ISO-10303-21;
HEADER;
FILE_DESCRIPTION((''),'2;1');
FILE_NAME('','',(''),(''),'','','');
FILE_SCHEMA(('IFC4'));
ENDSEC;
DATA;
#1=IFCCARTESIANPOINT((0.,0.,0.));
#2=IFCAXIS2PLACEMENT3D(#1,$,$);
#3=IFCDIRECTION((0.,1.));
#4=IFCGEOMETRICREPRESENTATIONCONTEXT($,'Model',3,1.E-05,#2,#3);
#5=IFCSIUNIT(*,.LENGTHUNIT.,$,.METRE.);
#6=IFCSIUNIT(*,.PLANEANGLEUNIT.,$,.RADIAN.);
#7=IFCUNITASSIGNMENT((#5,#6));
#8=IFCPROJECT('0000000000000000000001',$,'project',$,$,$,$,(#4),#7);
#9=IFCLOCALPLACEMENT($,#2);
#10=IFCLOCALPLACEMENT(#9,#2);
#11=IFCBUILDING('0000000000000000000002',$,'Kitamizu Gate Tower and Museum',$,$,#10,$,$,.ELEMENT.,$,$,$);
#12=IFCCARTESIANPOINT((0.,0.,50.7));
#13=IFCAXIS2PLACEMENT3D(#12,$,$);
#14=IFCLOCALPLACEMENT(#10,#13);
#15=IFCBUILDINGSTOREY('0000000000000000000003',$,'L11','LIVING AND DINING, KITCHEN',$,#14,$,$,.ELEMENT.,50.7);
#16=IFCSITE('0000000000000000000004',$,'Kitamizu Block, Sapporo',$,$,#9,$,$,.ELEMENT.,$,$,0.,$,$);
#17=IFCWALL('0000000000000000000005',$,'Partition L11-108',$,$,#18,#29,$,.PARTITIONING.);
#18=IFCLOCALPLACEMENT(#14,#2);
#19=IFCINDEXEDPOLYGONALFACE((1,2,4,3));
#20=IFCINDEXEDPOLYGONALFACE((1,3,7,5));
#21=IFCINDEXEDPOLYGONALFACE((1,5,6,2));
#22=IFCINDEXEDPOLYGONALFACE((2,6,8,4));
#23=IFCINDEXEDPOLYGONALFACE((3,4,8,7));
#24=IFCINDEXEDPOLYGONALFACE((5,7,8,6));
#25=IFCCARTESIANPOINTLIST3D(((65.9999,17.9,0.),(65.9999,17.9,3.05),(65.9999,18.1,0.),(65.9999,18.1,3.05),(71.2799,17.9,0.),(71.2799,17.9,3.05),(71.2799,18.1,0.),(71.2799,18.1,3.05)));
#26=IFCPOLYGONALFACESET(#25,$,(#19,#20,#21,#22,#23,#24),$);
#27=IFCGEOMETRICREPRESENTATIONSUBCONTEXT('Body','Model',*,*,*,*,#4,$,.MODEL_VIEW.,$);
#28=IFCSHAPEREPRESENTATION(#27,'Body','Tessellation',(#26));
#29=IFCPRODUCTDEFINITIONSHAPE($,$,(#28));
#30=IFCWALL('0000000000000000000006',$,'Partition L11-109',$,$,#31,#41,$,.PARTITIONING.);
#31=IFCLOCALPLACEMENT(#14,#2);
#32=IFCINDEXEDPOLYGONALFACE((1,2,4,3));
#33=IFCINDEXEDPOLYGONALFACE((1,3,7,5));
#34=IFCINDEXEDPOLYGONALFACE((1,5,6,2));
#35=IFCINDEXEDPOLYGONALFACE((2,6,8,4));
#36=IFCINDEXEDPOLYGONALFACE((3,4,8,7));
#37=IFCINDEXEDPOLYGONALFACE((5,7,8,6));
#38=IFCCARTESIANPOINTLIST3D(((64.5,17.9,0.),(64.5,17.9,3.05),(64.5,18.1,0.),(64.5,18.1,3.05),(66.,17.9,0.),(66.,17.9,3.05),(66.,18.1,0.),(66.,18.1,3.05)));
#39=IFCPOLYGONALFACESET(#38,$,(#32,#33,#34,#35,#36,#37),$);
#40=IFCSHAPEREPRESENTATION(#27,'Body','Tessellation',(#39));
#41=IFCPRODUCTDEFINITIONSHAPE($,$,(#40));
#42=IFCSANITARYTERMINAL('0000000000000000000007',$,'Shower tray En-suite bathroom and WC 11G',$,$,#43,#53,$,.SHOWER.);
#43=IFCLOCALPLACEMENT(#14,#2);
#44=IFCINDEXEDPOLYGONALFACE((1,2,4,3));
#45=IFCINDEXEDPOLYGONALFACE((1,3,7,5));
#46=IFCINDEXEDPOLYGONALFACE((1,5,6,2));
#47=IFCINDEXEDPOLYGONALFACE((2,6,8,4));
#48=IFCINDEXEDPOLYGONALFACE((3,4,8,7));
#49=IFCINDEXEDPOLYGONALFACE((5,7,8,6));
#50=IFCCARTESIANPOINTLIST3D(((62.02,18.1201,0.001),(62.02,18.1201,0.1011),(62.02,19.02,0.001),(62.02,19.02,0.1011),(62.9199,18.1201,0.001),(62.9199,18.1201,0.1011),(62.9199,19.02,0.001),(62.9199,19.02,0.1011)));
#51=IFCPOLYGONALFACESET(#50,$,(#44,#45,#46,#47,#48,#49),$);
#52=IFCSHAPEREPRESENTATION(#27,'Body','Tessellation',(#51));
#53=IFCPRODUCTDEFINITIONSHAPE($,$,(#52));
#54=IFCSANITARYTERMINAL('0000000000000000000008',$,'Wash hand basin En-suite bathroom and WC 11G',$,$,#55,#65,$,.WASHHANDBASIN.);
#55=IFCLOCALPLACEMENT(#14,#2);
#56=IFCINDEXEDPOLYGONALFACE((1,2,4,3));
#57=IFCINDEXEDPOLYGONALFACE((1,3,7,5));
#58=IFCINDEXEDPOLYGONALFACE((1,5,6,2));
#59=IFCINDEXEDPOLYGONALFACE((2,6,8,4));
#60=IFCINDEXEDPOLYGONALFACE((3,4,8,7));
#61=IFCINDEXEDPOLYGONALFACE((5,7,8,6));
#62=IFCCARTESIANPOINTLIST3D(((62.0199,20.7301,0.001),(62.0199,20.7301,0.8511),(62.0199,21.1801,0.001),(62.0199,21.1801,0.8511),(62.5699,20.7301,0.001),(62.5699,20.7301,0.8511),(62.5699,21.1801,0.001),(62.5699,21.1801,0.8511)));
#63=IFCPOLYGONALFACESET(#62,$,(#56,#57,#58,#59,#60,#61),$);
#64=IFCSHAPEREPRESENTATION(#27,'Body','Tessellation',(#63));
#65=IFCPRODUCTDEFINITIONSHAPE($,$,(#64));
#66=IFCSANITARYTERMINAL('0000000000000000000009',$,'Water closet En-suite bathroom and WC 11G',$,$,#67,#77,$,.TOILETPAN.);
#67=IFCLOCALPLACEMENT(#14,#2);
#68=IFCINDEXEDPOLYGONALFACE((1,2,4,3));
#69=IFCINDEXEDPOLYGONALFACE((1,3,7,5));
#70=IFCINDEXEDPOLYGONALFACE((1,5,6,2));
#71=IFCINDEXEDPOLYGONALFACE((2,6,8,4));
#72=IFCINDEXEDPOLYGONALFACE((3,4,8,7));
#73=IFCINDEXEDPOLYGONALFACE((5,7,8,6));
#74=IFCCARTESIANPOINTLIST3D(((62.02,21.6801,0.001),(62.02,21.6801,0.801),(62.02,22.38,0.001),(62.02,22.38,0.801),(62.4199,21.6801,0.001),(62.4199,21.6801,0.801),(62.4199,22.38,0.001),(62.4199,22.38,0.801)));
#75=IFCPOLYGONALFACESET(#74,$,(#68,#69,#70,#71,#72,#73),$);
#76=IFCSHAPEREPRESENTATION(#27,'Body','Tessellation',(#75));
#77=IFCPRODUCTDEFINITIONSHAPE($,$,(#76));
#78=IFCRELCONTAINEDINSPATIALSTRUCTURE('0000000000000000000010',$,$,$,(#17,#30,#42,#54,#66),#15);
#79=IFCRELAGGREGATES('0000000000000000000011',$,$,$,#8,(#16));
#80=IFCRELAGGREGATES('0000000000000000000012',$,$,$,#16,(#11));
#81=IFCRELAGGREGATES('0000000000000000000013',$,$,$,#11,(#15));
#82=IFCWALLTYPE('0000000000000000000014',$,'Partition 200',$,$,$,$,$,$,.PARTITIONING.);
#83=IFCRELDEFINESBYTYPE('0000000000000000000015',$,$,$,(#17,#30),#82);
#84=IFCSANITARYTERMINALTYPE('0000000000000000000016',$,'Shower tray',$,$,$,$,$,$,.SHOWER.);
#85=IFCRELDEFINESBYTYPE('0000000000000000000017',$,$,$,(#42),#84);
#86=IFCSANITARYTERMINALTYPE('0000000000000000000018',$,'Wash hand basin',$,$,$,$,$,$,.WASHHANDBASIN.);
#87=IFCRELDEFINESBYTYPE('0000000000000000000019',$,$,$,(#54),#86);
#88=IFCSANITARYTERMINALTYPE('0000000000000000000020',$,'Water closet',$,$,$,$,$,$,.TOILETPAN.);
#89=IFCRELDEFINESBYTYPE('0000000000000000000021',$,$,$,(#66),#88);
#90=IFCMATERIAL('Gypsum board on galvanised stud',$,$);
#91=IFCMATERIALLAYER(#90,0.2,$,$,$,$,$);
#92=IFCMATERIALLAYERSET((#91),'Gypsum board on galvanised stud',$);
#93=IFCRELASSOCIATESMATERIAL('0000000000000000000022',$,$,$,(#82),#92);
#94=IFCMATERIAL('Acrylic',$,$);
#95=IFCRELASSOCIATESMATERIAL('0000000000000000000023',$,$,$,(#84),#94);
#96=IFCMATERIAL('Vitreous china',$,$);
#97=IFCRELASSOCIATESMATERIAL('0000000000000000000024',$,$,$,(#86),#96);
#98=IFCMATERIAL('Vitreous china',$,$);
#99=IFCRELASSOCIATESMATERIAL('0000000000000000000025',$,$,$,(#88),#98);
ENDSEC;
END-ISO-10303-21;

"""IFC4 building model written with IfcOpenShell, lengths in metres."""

from ifc_helpers import new_model, si_unit, direction, frame, frame_2d, origin, origin_2d, place, context, subcontext, project, spatial, rectangle, extrude, material, layer, layer_set, type_object, element, save


model = new_model("IFC4")

# Units and contexts
model_context = context("Model", 3, precision=1e-05, world=origin(), true_north=direction((0.0, 1.0)))
body_context = subcontext(model_context, "Body", "Model", "MODEL_VIEW")
ifc_project = project(units=[si_unit("LENGTHUNIT", "METRE"), si_unit("PLANEANGLEUNIT", "RADIAN")], contexts=[model_context])

# Site, building, storey
site_placement = place(None, origin())
site = spatial("IfcSite", under=ifc_project, at=site_placement, Name="Kitamizu Block, Sapporo", CompositionType="ELEMENT", RefElevation=0.0)
building_placement = place(site_placement, origin())
building = spatial("IfcBuilding", under=site, at=building_placement, Name="Kitamizu Gate Tower and Museum", CompositionType="ELEMENT")
storey_placement = place(building_placement, frame((0.0, 0.0, 50.7)))
storey = spatial("IfcBuildingStorey", under=building, at=storey_placement, Name="L11", Description="LIVING AND DINING, KITCHEN", CompositionType="ELEMENT", Elevation=50.7)

# Walls
ifc_material_1 = material(Name="Gypsum board on galvanised stud")
ifc_layer_1 = layer(ifc_material_1, 0.2)
ifc_layer_set_1 = layer_set([ifc_layer_1], Name="Gypsum board on galvanised stud")
wall_type_1 = type_object("IfcWallType", Name="Partition 200", PredefinedType="PARTITIONING", material=ifc_layer_set_1)
wall_1_placement = place(storey_placement, frame((71.28, 18.0, 0.0), z_axis=(0.0, 0.0, 1.0), x_axis=(-1.0, 0.0, 0.0)))
element("IfcWall", 1, at=wall_1_placement, inside=storey, type_object=wall_type_1, Name="Partition L11-108", PredefinedType="PARTITIONING", context=body_context, shape_type="SweptSolid", body=[
    extrude(rectangle(XDim=5.28, YDim=0.2, at=frame_2d((2.6401, 0.0))), origin(), (0.0, 0.0, 1.0), 3.05),
])
wall_2_placement = place(storey_placement, frame((66.0, 18.0, 0.0), z_axis=(0.0, 0.0, 1.0), x_axis=(-1.0, 0.0, 0.0)))
element("IfcWall", 2, at=wall_2_placement, inside=storey, type_object=wall_type_1, Name="Partition L11-109", PredefinedType="PARTITIONING", context=body_context, shape_type="SweptSolid", body=[
    extrude(rectangle(XDim=1.5, YDim=0.2, at=frame_2d((0.75, 0.0))), origin(), (0.0, 0.0, 1.0), 3.05),
])

# Sanitary terminals
ifc_material_2 = material(Name="Acrylic")
sanitary_terminal_type_1 = type_object("IfcSanitaryTerminalType", Name="Shower tray", PredefinedType="SHOWER", material=ifc_material_2)
sanitary_terminal_1_placement = place(storey_placement, frame((62.47, 18.5701, 0.001), z_axis=(0.0, 0.0, 1.0), x_axis=(1.0, 0.0, 0.0)))
element("IfcSanitaryTerminal", 3, at=sanitary_terminal_1_placement, inside=storey, type_object=sanitary_terminal_type_1, Name="Shower tray En-suite bathroom and WC 11G", PredefinedType="SHOWER", context=body_context, shape_type="SweptSolid", body=[
    extrude(rectangle(XDim=0.8999, YDim=0.8999, at=origin_2d()), origin(), (0.0, 0.0, 1.0), 0.1001),
])
ifc_material_3 = material(Name="Vitreous china")
sanitary_terminal_type_2 = type_object("IfcSanitaryTerminalType", Name="Wash hand basin", PredefinedType="WASHHANDBASIN", material=ifc_material_3)
sanitary_terminal_2_placement = place(storey_placement, frame((62.2949, 20.9551, 0.001), z_axis=(0.0, 0.0, 1.0), x_axis=(1.0, 0.0, 0.0)))
element("IfcSanitaryTerminal", 4, at=sanitary_terminal_2_placement, inside=storey, type_object=sanitary_terminal_type_2, Name="Wash hand basin En-suite bathroom and WC 11G", PredefinedType="WASHHANDBASIN", context=body_context, shape_type="SweptSolid", body=[
    extrude(rectangle(XDim=0.55, YDim=0.45, at=origin_2d()), origin(), (0.0, 0.0, 1.0), 0.8501),
])
ifc_material_4 = material(Name="Vitreous china")
sanitary_terminal_type_3 = type_object("IfcSanitaryTerminalType", Name="Water closet", PredefinedType="TOILETPAN", material=ifc_material_4)
sanitary_terminal_3_placement = place(storey_placement, frame((62.22, 22.03, 0.001), z_axis=(0.0, 0.0, 1.0), x_axis=(1.0, 0.0, 0.0)))
element("IfcSanitaryTerminal", 5, at=sanitary_terminal_3_placement, inside=storey, type_object=sanitary_terminal_type_3, Name="Water closet En-suite bathroom and WC 11G", PredefinedType="TOILETPAN", context=body_context, shape_type="SweptSolid", body=[
    extrude(rectangle(XDim=0.3999, YDim=0.7, at=origin_2d()), origin(), (0.0, 0.0, 1.0), 0.8),
])

save(model, "model.ifc")
